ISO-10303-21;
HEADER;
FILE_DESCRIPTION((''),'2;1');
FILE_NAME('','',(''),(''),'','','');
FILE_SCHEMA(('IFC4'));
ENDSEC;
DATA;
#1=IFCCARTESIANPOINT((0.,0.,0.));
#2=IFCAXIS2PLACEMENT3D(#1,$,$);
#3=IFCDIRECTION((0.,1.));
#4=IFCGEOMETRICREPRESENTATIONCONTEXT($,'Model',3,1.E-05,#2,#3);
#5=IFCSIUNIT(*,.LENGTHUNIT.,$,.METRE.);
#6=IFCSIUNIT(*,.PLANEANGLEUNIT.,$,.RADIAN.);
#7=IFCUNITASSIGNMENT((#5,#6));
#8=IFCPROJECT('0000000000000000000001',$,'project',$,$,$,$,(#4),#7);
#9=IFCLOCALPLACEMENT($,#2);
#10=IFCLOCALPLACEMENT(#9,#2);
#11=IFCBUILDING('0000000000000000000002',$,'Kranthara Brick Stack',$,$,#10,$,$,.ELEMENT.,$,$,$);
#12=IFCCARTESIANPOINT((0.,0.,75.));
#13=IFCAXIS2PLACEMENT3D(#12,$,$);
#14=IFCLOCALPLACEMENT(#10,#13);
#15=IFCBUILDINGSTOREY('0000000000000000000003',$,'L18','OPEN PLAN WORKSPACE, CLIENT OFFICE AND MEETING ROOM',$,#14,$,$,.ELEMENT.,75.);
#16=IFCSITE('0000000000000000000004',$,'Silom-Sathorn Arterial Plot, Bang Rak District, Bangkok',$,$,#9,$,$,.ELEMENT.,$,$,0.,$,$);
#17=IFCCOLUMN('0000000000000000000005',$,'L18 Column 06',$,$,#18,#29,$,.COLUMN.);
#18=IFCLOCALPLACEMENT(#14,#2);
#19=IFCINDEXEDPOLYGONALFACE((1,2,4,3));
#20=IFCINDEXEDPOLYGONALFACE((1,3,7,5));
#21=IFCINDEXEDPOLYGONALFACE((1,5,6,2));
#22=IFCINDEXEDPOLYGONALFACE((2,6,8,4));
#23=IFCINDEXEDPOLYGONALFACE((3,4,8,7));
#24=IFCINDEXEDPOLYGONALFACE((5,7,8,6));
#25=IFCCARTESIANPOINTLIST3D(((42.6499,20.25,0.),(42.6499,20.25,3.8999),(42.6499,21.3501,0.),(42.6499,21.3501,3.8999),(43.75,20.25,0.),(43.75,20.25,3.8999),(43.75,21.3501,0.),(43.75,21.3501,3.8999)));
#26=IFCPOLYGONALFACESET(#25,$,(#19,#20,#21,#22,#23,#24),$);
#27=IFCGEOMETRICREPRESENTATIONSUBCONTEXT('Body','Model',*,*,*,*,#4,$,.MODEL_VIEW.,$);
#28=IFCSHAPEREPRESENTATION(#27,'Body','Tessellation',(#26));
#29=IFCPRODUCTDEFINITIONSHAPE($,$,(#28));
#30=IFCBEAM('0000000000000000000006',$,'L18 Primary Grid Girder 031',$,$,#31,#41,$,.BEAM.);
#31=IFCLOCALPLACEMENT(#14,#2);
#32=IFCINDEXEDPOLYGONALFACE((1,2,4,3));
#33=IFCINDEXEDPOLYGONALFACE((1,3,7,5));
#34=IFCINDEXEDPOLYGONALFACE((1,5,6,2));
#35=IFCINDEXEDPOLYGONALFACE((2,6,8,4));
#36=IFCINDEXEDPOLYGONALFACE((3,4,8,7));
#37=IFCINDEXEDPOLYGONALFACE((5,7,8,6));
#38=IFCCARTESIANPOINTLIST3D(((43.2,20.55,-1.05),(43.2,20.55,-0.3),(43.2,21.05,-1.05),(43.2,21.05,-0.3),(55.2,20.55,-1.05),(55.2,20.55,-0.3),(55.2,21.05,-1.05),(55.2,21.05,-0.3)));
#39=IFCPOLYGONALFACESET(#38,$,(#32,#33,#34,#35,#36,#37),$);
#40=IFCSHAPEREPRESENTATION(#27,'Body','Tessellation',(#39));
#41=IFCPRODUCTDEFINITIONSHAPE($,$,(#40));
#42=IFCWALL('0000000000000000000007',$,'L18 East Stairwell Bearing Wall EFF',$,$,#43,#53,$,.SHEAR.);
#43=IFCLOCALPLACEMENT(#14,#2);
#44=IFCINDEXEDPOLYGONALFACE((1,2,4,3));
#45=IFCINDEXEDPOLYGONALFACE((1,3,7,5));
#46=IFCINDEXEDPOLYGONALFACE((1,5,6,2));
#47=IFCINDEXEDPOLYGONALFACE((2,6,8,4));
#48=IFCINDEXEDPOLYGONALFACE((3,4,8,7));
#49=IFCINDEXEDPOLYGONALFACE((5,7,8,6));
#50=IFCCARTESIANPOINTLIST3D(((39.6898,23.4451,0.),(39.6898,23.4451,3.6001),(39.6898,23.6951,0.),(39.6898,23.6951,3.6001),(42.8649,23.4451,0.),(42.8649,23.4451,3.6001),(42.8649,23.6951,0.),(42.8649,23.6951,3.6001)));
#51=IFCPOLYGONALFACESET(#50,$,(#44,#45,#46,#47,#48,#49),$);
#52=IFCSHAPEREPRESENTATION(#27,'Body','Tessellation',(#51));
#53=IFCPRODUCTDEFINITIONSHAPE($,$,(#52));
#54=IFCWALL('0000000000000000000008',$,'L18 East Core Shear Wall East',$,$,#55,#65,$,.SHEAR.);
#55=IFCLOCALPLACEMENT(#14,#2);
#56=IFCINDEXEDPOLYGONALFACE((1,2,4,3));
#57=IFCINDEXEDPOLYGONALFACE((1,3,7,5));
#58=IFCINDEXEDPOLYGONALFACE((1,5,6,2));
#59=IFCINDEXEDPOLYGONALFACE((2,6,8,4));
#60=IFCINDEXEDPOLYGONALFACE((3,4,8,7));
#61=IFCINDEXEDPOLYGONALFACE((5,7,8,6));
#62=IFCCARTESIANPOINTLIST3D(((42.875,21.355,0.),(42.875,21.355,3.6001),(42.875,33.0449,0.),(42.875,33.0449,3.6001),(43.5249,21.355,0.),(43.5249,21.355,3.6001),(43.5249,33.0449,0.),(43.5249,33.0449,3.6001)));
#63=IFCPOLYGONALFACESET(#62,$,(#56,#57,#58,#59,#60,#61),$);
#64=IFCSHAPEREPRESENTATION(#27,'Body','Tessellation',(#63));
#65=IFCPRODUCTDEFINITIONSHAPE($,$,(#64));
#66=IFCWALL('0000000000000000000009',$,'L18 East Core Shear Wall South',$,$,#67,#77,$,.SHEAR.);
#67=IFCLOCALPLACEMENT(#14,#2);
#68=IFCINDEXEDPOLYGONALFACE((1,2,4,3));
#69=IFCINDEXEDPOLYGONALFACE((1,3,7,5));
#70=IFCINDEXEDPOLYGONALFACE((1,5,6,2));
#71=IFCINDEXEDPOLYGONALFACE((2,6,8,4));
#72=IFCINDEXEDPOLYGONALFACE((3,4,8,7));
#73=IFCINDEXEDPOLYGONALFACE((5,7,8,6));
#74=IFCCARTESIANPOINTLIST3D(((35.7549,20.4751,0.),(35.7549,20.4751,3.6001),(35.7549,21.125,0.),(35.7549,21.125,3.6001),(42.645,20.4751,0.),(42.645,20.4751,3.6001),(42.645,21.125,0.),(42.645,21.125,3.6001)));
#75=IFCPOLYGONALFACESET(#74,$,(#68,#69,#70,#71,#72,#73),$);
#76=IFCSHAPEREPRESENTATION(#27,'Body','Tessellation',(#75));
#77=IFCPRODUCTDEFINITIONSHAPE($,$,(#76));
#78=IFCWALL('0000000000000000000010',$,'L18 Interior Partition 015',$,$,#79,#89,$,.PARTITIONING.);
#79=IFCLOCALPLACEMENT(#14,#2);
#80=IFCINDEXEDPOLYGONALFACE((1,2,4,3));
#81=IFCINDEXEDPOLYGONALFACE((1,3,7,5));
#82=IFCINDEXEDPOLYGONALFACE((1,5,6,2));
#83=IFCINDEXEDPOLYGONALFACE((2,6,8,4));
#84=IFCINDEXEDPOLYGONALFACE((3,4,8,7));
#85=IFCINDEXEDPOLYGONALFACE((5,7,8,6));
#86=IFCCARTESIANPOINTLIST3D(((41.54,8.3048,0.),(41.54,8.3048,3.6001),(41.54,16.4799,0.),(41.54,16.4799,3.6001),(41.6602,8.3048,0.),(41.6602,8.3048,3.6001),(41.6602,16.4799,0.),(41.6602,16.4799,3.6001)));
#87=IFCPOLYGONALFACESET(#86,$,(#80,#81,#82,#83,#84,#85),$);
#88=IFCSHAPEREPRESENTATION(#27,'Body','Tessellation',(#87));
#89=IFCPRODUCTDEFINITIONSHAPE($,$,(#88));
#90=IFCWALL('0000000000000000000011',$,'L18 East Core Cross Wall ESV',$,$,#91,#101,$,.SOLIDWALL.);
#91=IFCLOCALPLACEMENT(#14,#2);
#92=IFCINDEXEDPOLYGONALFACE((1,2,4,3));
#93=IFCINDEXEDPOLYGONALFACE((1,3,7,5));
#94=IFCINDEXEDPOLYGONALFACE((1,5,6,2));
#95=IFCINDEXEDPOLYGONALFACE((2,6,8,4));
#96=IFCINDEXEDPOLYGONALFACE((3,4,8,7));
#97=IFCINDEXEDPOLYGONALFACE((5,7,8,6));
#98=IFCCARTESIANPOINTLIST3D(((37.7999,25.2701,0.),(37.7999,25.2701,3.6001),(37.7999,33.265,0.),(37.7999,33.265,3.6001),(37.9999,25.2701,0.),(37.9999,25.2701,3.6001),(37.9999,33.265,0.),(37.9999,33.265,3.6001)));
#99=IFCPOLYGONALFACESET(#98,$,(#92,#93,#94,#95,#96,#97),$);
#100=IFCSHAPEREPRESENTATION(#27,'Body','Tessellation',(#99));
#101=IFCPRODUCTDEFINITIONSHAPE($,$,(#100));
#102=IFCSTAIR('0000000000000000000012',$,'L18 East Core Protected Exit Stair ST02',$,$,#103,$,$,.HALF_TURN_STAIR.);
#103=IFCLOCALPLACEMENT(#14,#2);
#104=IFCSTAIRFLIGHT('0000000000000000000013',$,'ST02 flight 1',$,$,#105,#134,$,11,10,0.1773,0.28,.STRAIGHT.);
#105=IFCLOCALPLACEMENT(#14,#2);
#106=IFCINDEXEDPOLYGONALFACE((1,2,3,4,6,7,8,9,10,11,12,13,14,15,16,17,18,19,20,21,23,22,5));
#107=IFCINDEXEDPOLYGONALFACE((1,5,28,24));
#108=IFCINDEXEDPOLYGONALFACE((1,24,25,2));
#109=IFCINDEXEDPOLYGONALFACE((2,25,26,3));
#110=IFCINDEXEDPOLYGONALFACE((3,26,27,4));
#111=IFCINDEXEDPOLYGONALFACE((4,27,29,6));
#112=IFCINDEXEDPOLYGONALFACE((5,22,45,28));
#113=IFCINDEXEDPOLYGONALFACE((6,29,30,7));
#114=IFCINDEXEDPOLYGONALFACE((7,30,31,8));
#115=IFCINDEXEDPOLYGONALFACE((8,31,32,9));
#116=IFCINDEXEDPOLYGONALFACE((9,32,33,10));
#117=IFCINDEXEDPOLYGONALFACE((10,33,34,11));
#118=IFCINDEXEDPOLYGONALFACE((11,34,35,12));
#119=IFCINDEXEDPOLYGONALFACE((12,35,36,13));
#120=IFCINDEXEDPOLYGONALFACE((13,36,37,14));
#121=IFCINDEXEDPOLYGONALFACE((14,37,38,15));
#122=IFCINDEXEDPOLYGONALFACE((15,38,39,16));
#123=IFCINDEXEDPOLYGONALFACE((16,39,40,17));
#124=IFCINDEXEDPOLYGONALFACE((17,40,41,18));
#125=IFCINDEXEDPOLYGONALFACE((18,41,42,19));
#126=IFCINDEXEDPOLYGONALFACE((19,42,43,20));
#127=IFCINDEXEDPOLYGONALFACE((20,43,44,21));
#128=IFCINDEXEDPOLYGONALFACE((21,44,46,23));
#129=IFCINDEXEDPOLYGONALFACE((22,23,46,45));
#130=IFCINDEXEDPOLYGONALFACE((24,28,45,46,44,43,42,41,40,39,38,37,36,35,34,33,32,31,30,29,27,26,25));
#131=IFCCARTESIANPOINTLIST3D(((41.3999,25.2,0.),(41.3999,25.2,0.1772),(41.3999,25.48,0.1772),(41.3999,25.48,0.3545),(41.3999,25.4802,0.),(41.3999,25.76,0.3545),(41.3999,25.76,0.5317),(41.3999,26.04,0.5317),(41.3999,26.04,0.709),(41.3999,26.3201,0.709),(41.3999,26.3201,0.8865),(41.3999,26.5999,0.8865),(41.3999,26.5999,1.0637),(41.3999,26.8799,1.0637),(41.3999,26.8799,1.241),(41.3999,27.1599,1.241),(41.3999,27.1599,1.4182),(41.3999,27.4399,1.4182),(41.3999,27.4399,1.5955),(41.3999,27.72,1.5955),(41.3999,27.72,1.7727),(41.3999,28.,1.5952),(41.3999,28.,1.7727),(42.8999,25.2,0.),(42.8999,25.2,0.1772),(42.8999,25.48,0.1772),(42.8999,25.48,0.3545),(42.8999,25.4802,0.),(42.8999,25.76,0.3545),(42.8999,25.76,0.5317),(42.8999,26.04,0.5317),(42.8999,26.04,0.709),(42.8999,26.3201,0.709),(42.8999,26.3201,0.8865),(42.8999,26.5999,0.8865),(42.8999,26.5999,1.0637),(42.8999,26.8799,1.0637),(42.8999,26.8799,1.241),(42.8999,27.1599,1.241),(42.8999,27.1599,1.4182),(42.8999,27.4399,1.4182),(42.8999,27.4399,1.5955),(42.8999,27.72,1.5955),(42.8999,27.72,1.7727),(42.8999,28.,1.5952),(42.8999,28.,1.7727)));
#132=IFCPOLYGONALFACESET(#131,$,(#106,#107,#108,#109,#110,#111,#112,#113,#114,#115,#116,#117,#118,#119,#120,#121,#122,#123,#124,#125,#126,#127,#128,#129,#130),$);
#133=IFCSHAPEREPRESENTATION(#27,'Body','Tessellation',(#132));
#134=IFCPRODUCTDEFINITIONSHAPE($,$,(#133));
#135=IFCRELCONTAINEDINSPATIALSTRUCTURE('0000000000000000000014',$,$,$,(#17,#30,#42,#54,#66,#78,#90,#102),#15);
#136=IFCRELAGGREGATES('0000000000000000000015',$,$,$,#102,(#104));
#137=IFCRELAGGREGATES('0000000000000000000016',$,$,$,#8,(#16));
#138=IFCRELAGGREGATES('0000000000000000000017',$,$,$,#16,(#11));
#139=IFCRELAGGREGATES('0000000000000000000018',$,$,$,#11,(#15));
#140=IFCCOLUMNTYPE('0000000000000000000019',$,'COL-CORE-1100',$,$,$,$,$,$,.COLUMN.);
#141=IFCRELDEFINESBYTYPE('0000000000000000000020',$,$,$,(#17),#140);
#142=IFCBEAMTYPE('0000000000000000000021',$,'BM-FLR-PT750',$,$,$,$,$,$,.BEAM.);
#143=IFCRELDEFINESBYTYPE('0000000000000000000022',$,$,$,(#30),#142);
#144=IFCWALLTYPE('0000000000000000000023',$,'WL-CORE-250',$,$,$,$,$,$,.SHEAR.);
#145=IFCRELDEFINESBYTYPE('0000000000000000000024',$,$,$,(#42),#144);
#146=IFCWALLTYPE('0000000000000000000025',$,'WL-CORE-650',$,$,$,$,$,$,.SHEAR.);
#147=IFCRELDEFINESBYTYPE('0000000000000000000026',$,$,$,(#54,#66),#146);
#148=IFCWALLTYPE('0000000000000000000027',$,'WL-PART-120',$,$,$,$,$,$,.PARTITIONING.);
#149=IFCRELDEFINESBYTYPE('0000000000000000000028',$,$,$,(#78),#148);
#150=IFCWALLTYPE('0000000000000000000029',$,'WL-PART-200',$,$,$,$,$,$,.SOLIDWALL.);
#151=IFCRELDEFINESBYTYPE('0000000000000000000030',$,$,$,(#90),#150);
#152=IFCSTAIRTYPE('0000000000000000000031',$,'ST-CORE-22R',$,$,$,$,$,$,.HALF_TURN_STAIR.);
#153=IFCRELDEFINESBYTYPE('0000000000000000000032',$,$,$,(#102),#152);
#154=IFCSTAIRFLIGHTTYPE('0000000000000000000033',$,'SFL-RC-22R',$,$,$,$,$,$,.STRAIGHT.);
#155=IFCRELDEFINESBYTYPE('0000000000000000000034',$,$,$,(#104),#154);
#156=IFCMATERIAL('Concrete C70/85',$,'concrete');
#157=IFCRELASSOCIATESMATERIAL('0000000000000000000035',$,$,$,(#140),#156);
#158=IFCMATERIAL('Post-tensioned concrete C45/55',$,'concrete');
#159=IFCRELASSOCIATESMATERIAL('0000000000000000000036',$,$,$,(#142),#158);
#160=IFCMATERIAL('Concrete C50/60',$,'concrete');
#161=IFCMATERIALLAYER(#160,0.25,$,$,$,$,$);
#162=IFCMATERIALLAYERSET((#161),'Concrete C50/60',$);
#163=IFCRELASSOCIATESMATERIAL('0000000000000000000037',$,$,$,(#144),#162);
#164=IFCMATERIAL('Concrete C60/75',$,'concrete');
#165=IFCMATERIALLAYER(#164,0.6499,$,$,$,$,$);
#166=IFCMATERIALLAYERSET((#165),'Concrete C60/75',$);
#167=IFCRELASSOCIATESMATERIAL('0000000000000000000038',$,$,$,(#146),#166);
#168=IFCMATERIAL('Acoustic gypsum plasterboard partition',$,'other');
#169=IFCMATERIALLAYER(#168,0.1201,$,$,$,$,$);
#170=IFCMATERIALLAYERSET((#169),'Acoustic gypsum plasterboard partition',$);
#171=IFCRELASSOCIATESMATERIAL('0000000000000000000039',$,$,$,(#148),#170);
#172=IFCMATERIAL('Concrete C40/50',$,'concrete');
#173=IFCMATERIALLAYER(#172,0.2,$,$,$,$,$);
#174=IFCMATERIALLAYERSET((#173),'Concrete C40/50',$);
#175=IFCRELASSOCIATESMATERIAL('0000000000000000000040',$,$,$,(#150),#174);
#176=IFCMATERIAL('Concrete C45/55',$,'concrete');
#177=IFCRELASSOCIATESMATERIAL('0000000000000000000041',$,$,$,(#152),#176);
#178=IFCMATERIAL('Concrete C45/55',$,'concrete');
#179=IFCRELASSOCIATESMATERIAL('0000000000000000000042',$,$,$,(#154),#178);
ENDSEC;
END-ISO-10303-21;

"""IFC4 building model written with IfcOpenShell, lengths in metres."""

from ifc_helpers import new_model, si_unit, direction, frame, frame_2d, origin, origin_2d, place, context, subcontext, project, spatial, polyline, rectangle, outline, extrude, material, layer, layer_set, material_profile, profile_set, type_object, element, aggregate, save


model = new_model("IFC4")

# Units and contexts
model_context = context("Model", 3, precision=1e-05, world=origin(), true_north=direction((0.0, 1.0)))
body_context = subcontext(model_context, "Body", "Model", "MODEL_VIEW")
ifc_project = project(units=[si_unit("LENGTHUNIT", "METRE"), si_unit("PLANEANGLEUNIT", "RADIAN")], contexts=[model_context])

# Site, building, storey
site_placement = place(None, origin())
site = spatial("IfcSite", under=ifc_project, at=site_placement, Name="Silom-Sathorn Arterial Plot, Bang Rak District, Bangkok", CompositionType="ELEMENT", RefElevation=0.0)
building_placement = place(site_placement, origin())
building = spatial("IfcBuilding", under=site, at=building_placement, Name="Kranthara Brick Stack", CompositionType="ELEMENT")
storey_placement = place(building_placement, frame((0.0, 0.0, 75.0)))
storey = spatial("IfcBuildingStorey", under=building, at=storey_placement, Name="L18", Description="OPEN PLAN WORKSPACE, CLIENT OFFICE AND MEETING ROOM", CompositionType="ELEMENT", Elevation=75.0)

# Column
ifc_material_1 = material(Name="Concrete C70/85", Category="concrete")
ifc_material_profile_1 = material_profile(ifc_material_1, rectangle(XDim=1.1001, YDim=1.1001, at=origin_2d()), Name="RC 1100x1100")
ifc_profile_set_1 = profile_set([ifc_material_profile_1], Name="Concrete C70/85")
column_type = type_object("IfcColumnType", Name="COL-CORE-1100", PredefinedType="COLUMN", material=ifc_profile_set_1)
column_placement = place(storey_placement, frame((43.2, 20.8, 0.0), z_axis=(0.0, 0.0, 1.0), x_axis=(1.0, 0.0, 0.0)))
element("IfcColumn", 1, at=column_placement, inside=storey, type_object=column_type, Name="L18 Column 06", PredefinedType="COLUMN", context=body_context, shape_type="SweptSolid", body=[
    extrude(rectangle(XDim=1.1001, YDim=1.1001, at=origin_2d()), origin(), (0.0, 0.0, 1.0), 3.8999),
])

# Beam
ifc_material_2 = material(Name="Post-tensioned concrete C45/55", Category="concrete")
ifc_material_profile_2 = material_profile(ifc_material_2, rectangle(XDim=0.5, YDim=0.75, at=origin_2d()), Name="PT 500x750")
ifc_profile_set_2 = profile_set([ifc_material_profile_2], Name="Post-tensioned concrete C45/55")
beam_type = type_object("IfcBeamType", Name="BM-FLR-PT750", PredefinedType="BEAM", material=ifc_profile_set_2)
beam_placement = place(storey_placement, frame((43.2, 20.8, -0.675), z_axis=(1.0, 0.0, 0.0), x_axis=(0.0, 1.0, 0.0)))
element("IfcBeam", 2, at=beam_placement, inside=storey, type_object=beam_type, Name="L18 Primary Grid Girder 031", PredefinedType="BEAM", context=body_context, shape_type="SweptSolid", body=[
    extrude(rectangle(XDim=0.5, YDim=0.75, at=origin_2d()), origin(), (0.0, 0.0, 1.0), 12.0),
])

# Shared definitions
ifc_material_3 = material(Name="Concrete C50/60", Category="concrete")
ifc_layer_1 = layer(ifc_material_3, 0.25)
ifc_layer_set_1 = layer_set([ifc_layer_1], Name="Concrete C50/60")
wall_type_1 = type_object("IfcWallType", Name="WL-CORE-250", PredefinedType="SHEAR", material=ifc_layer_set_1)

# Walls
wall_1_placement = place(storey_placement, frame((39.6899, 23.5701, 0.0), z_axis=(0.0, 0.0, 1.0), x_axis=(1.0, 0.0, 0.0)))
element("IfcWall", 3, at=wall_1_placement, inside=storey, type_object=wall_type_1, Name="L18 East Stairwell Bearing Wall EFF", PredefinedType="SHEAR", context=body_context, shape_type="SweptSolid", body=[
    extrude(rectangle(XDim=3.175, YDim=0.25, at=frame_2d((1.5874, 0.0))), origin(), (0.0, 0.0, 1.0), 3.6001),
])
ifc_material_4 = material(Name="Concrete C60/75", Category="concrete")
ifc_layer_2 = layer(ifc_material_4, 0.6499)
ifc_layer_set_2 = layer_set([ifc_layer_2], Name="Concrete C60/75")
wall_type_2 = type_object("IfcWallType", Name="WL-CORE-650", PredefinedType="SHEAR", material=ifc_layer_set_2)
wall_2_placement = place(storey_placement, frame((43.2, 21.355, 0.0), z_axis=(0.0, 0.0, 1.0), x_axis=(0.0, 1.0, 0.0)))
element("IfcWall", 4, at=wall_2_placement, inside=storey, type_object=wall_type_2, Name="L18 East Core Shear Wall East", PredefinedType="SHEAR", context=body_context, shape_type="SweptSolid", body=[
    extrude(rectangle(XDim=11.6899, YDim=0.6499, at=frame_2d((5.845, 0.0))), origin(), (0.0, 0.0, 1.0), 3.6001),
])
wall_3_placement = place(storey_placement, frame((35.7549, 20.8, 0.0), z_axis=(0.0, 0.0, 1.0), x_axis=(1.0, 0.0, 0.0)))
element("IfcWall", 5, at=wall_3_placement, inside=storey, type_object=wall_type_2, Name="L18 East Core Shear Wall South", PredefinedType="SHEAR", context=body_context, shape_type="SweptSolid", body=[
    extrude(rectangle(XDim=6.8901, YDim=0.6499, at=frame_2d((3.4451, 0.0))), origin(), (0.0, 0.0, 1.0), 3.6001),
])
ifc_material_5 = material(Name="Acoustic gypsum plasterboard partition", Category="other")
ifc_layer_3 = layer(ifc_material_5, 0.1201)
ifc_layer_set_3 = layer_set([ifc_layer_3], Name="Acoustic gypsum plasterboard partition")
wall_type_3 = type_object("IfcWallType", Name="WL-PART-120", PredefinedType="PARTITIONING", material=ifc_layer_set_3)
wall_4_placement = place(storey_placement, frame((41.6001, 8.3049, 0.0), z_axis=(0.0, 0.0, 1.0), x_axis=(0.0, 1.0, 0.0)))
element("IfcWall", 6, at=wall_4_placement, inside=storey, type_object=wall_type_3, Name="L18 Interior Partition 015", PredefinedType="PARTITIONING", context=body_context, shape_type="SweptSolid", body=[
    extrude(rectangle(XDim=8.175, YDim=0.1201, at=frame_2d((4.0874, 0.0))), origin(), (0.0, 0.0, 1.0), 3.6001),
])
ifc_material_6 = material(Name="Concrete C40/50", Category="concrete")
ifc_layer_4 = layer(ifc_material_6, 0.2)
ifc_layer_set_4 = layer_set([ifc_layer_4], Name="Concrete C40/50")
wall_type_4 = type_object("IfcWallType", Name="WL-PART-200", PredefinedType="SOLIDWALL", material=ifc_layer_set_4)
wall_5_placement = place(storey_placement, frame((37.8999, 25.27, 0.0), z_axis=(0.0, 0.0, 1.0), x_axis=(0.0, 1.0, 0.0)))
element("IfcWall", 7, at=wall_5_placement, inside=storey, type_object=wall_type_4, Name="L18 East Core Cross Wall ESV", PredefinedType="SOLIDWALL", context=body_context, shape_type="SweptSolid", body=[
    extrude(rectangle(XDim=7.9949, YDim=0.2, at=frame_2d((3.9976, 0.0))), origin(), (0.0, 0.0, 1.0), 3.6001),
])

# Stair, stair flight
ifc_material_7 = material(Name="Concrete C45/55", Category="concrete")
stair_type = type_object("IfcStairType", Name="ST-CORE-22R", PredefinedType="HALF_TURN_STAIR", material=ifc_material_7)
stair_placement = place(storey_placement, origin())
stair = element("IfcStair", 8, at=stair_placement, inside=storey, type_object=stair_type, Name="L18 East Core Protected Exit Stair ST02", PredefinedType="HALF_TURN_STAIR")
ifc_material_8 = material(Name="Concrete C45/55", Category="concrete")
stair_flight_type = type_object("IfcStairFlightType", Name="SFL-RC-22R", PredefinedType="STRAIGHT", material=ifc_material_8)
stair_flight_placement = place(storey_placement, frame((42.1499, 25.2, 0.0), z_axis=(0.0, 0.0, 1.0), x_axis=(0.0, 1.0, 0.0)))
stair_flight = element("IfcStairFlight", 9, at=stair_flight_placement, type_object=stair_flight_type, Name="ST02 flight 1", NumberOfRisers=11, NumberOfTreads=10, PredefinedType="STRAIGHT", RiserHeight=0.1773, TreadLength=0.28, context=body_context, shape_type="SweptSolid", body=[
    extrude(outline(polyline([(0.0, 0.0), (0.0, 0.1772), (0.28, 0.1772), (0.28, 0.3545), (0.5601, 0.3545), (0.5601, 0.5317), (0.8401, 0.5317), (0.8401, 0.709), (1.1201, 0.709), (1.1201, 0.8865), (1.3999, 0.8865), (1.3999, 1.0637), (1.6799, 1.0637), (1.6799, 1.241), (1.96, 1.241), (1.96, 1.4182), (2.24, 1.4182), (2.24, 1.5955), (2.52, 1.5955), (2.52, 1.7727), (2.8, 1.7727), (2.8, 1.95), (2.8, 1.5952), (0.2803, 0.0), (0.0, 0.0)])), frame((0.0, 0.75, 0.0), z_axis=(0.0, -1.0, 0.0), x_axis=(1.0, 0.0, 0.0)), (0.0, 0.0, 1.0), 1.5),
])
aggregate(stair, [stair_flight])

save(model, "model.ifc")
